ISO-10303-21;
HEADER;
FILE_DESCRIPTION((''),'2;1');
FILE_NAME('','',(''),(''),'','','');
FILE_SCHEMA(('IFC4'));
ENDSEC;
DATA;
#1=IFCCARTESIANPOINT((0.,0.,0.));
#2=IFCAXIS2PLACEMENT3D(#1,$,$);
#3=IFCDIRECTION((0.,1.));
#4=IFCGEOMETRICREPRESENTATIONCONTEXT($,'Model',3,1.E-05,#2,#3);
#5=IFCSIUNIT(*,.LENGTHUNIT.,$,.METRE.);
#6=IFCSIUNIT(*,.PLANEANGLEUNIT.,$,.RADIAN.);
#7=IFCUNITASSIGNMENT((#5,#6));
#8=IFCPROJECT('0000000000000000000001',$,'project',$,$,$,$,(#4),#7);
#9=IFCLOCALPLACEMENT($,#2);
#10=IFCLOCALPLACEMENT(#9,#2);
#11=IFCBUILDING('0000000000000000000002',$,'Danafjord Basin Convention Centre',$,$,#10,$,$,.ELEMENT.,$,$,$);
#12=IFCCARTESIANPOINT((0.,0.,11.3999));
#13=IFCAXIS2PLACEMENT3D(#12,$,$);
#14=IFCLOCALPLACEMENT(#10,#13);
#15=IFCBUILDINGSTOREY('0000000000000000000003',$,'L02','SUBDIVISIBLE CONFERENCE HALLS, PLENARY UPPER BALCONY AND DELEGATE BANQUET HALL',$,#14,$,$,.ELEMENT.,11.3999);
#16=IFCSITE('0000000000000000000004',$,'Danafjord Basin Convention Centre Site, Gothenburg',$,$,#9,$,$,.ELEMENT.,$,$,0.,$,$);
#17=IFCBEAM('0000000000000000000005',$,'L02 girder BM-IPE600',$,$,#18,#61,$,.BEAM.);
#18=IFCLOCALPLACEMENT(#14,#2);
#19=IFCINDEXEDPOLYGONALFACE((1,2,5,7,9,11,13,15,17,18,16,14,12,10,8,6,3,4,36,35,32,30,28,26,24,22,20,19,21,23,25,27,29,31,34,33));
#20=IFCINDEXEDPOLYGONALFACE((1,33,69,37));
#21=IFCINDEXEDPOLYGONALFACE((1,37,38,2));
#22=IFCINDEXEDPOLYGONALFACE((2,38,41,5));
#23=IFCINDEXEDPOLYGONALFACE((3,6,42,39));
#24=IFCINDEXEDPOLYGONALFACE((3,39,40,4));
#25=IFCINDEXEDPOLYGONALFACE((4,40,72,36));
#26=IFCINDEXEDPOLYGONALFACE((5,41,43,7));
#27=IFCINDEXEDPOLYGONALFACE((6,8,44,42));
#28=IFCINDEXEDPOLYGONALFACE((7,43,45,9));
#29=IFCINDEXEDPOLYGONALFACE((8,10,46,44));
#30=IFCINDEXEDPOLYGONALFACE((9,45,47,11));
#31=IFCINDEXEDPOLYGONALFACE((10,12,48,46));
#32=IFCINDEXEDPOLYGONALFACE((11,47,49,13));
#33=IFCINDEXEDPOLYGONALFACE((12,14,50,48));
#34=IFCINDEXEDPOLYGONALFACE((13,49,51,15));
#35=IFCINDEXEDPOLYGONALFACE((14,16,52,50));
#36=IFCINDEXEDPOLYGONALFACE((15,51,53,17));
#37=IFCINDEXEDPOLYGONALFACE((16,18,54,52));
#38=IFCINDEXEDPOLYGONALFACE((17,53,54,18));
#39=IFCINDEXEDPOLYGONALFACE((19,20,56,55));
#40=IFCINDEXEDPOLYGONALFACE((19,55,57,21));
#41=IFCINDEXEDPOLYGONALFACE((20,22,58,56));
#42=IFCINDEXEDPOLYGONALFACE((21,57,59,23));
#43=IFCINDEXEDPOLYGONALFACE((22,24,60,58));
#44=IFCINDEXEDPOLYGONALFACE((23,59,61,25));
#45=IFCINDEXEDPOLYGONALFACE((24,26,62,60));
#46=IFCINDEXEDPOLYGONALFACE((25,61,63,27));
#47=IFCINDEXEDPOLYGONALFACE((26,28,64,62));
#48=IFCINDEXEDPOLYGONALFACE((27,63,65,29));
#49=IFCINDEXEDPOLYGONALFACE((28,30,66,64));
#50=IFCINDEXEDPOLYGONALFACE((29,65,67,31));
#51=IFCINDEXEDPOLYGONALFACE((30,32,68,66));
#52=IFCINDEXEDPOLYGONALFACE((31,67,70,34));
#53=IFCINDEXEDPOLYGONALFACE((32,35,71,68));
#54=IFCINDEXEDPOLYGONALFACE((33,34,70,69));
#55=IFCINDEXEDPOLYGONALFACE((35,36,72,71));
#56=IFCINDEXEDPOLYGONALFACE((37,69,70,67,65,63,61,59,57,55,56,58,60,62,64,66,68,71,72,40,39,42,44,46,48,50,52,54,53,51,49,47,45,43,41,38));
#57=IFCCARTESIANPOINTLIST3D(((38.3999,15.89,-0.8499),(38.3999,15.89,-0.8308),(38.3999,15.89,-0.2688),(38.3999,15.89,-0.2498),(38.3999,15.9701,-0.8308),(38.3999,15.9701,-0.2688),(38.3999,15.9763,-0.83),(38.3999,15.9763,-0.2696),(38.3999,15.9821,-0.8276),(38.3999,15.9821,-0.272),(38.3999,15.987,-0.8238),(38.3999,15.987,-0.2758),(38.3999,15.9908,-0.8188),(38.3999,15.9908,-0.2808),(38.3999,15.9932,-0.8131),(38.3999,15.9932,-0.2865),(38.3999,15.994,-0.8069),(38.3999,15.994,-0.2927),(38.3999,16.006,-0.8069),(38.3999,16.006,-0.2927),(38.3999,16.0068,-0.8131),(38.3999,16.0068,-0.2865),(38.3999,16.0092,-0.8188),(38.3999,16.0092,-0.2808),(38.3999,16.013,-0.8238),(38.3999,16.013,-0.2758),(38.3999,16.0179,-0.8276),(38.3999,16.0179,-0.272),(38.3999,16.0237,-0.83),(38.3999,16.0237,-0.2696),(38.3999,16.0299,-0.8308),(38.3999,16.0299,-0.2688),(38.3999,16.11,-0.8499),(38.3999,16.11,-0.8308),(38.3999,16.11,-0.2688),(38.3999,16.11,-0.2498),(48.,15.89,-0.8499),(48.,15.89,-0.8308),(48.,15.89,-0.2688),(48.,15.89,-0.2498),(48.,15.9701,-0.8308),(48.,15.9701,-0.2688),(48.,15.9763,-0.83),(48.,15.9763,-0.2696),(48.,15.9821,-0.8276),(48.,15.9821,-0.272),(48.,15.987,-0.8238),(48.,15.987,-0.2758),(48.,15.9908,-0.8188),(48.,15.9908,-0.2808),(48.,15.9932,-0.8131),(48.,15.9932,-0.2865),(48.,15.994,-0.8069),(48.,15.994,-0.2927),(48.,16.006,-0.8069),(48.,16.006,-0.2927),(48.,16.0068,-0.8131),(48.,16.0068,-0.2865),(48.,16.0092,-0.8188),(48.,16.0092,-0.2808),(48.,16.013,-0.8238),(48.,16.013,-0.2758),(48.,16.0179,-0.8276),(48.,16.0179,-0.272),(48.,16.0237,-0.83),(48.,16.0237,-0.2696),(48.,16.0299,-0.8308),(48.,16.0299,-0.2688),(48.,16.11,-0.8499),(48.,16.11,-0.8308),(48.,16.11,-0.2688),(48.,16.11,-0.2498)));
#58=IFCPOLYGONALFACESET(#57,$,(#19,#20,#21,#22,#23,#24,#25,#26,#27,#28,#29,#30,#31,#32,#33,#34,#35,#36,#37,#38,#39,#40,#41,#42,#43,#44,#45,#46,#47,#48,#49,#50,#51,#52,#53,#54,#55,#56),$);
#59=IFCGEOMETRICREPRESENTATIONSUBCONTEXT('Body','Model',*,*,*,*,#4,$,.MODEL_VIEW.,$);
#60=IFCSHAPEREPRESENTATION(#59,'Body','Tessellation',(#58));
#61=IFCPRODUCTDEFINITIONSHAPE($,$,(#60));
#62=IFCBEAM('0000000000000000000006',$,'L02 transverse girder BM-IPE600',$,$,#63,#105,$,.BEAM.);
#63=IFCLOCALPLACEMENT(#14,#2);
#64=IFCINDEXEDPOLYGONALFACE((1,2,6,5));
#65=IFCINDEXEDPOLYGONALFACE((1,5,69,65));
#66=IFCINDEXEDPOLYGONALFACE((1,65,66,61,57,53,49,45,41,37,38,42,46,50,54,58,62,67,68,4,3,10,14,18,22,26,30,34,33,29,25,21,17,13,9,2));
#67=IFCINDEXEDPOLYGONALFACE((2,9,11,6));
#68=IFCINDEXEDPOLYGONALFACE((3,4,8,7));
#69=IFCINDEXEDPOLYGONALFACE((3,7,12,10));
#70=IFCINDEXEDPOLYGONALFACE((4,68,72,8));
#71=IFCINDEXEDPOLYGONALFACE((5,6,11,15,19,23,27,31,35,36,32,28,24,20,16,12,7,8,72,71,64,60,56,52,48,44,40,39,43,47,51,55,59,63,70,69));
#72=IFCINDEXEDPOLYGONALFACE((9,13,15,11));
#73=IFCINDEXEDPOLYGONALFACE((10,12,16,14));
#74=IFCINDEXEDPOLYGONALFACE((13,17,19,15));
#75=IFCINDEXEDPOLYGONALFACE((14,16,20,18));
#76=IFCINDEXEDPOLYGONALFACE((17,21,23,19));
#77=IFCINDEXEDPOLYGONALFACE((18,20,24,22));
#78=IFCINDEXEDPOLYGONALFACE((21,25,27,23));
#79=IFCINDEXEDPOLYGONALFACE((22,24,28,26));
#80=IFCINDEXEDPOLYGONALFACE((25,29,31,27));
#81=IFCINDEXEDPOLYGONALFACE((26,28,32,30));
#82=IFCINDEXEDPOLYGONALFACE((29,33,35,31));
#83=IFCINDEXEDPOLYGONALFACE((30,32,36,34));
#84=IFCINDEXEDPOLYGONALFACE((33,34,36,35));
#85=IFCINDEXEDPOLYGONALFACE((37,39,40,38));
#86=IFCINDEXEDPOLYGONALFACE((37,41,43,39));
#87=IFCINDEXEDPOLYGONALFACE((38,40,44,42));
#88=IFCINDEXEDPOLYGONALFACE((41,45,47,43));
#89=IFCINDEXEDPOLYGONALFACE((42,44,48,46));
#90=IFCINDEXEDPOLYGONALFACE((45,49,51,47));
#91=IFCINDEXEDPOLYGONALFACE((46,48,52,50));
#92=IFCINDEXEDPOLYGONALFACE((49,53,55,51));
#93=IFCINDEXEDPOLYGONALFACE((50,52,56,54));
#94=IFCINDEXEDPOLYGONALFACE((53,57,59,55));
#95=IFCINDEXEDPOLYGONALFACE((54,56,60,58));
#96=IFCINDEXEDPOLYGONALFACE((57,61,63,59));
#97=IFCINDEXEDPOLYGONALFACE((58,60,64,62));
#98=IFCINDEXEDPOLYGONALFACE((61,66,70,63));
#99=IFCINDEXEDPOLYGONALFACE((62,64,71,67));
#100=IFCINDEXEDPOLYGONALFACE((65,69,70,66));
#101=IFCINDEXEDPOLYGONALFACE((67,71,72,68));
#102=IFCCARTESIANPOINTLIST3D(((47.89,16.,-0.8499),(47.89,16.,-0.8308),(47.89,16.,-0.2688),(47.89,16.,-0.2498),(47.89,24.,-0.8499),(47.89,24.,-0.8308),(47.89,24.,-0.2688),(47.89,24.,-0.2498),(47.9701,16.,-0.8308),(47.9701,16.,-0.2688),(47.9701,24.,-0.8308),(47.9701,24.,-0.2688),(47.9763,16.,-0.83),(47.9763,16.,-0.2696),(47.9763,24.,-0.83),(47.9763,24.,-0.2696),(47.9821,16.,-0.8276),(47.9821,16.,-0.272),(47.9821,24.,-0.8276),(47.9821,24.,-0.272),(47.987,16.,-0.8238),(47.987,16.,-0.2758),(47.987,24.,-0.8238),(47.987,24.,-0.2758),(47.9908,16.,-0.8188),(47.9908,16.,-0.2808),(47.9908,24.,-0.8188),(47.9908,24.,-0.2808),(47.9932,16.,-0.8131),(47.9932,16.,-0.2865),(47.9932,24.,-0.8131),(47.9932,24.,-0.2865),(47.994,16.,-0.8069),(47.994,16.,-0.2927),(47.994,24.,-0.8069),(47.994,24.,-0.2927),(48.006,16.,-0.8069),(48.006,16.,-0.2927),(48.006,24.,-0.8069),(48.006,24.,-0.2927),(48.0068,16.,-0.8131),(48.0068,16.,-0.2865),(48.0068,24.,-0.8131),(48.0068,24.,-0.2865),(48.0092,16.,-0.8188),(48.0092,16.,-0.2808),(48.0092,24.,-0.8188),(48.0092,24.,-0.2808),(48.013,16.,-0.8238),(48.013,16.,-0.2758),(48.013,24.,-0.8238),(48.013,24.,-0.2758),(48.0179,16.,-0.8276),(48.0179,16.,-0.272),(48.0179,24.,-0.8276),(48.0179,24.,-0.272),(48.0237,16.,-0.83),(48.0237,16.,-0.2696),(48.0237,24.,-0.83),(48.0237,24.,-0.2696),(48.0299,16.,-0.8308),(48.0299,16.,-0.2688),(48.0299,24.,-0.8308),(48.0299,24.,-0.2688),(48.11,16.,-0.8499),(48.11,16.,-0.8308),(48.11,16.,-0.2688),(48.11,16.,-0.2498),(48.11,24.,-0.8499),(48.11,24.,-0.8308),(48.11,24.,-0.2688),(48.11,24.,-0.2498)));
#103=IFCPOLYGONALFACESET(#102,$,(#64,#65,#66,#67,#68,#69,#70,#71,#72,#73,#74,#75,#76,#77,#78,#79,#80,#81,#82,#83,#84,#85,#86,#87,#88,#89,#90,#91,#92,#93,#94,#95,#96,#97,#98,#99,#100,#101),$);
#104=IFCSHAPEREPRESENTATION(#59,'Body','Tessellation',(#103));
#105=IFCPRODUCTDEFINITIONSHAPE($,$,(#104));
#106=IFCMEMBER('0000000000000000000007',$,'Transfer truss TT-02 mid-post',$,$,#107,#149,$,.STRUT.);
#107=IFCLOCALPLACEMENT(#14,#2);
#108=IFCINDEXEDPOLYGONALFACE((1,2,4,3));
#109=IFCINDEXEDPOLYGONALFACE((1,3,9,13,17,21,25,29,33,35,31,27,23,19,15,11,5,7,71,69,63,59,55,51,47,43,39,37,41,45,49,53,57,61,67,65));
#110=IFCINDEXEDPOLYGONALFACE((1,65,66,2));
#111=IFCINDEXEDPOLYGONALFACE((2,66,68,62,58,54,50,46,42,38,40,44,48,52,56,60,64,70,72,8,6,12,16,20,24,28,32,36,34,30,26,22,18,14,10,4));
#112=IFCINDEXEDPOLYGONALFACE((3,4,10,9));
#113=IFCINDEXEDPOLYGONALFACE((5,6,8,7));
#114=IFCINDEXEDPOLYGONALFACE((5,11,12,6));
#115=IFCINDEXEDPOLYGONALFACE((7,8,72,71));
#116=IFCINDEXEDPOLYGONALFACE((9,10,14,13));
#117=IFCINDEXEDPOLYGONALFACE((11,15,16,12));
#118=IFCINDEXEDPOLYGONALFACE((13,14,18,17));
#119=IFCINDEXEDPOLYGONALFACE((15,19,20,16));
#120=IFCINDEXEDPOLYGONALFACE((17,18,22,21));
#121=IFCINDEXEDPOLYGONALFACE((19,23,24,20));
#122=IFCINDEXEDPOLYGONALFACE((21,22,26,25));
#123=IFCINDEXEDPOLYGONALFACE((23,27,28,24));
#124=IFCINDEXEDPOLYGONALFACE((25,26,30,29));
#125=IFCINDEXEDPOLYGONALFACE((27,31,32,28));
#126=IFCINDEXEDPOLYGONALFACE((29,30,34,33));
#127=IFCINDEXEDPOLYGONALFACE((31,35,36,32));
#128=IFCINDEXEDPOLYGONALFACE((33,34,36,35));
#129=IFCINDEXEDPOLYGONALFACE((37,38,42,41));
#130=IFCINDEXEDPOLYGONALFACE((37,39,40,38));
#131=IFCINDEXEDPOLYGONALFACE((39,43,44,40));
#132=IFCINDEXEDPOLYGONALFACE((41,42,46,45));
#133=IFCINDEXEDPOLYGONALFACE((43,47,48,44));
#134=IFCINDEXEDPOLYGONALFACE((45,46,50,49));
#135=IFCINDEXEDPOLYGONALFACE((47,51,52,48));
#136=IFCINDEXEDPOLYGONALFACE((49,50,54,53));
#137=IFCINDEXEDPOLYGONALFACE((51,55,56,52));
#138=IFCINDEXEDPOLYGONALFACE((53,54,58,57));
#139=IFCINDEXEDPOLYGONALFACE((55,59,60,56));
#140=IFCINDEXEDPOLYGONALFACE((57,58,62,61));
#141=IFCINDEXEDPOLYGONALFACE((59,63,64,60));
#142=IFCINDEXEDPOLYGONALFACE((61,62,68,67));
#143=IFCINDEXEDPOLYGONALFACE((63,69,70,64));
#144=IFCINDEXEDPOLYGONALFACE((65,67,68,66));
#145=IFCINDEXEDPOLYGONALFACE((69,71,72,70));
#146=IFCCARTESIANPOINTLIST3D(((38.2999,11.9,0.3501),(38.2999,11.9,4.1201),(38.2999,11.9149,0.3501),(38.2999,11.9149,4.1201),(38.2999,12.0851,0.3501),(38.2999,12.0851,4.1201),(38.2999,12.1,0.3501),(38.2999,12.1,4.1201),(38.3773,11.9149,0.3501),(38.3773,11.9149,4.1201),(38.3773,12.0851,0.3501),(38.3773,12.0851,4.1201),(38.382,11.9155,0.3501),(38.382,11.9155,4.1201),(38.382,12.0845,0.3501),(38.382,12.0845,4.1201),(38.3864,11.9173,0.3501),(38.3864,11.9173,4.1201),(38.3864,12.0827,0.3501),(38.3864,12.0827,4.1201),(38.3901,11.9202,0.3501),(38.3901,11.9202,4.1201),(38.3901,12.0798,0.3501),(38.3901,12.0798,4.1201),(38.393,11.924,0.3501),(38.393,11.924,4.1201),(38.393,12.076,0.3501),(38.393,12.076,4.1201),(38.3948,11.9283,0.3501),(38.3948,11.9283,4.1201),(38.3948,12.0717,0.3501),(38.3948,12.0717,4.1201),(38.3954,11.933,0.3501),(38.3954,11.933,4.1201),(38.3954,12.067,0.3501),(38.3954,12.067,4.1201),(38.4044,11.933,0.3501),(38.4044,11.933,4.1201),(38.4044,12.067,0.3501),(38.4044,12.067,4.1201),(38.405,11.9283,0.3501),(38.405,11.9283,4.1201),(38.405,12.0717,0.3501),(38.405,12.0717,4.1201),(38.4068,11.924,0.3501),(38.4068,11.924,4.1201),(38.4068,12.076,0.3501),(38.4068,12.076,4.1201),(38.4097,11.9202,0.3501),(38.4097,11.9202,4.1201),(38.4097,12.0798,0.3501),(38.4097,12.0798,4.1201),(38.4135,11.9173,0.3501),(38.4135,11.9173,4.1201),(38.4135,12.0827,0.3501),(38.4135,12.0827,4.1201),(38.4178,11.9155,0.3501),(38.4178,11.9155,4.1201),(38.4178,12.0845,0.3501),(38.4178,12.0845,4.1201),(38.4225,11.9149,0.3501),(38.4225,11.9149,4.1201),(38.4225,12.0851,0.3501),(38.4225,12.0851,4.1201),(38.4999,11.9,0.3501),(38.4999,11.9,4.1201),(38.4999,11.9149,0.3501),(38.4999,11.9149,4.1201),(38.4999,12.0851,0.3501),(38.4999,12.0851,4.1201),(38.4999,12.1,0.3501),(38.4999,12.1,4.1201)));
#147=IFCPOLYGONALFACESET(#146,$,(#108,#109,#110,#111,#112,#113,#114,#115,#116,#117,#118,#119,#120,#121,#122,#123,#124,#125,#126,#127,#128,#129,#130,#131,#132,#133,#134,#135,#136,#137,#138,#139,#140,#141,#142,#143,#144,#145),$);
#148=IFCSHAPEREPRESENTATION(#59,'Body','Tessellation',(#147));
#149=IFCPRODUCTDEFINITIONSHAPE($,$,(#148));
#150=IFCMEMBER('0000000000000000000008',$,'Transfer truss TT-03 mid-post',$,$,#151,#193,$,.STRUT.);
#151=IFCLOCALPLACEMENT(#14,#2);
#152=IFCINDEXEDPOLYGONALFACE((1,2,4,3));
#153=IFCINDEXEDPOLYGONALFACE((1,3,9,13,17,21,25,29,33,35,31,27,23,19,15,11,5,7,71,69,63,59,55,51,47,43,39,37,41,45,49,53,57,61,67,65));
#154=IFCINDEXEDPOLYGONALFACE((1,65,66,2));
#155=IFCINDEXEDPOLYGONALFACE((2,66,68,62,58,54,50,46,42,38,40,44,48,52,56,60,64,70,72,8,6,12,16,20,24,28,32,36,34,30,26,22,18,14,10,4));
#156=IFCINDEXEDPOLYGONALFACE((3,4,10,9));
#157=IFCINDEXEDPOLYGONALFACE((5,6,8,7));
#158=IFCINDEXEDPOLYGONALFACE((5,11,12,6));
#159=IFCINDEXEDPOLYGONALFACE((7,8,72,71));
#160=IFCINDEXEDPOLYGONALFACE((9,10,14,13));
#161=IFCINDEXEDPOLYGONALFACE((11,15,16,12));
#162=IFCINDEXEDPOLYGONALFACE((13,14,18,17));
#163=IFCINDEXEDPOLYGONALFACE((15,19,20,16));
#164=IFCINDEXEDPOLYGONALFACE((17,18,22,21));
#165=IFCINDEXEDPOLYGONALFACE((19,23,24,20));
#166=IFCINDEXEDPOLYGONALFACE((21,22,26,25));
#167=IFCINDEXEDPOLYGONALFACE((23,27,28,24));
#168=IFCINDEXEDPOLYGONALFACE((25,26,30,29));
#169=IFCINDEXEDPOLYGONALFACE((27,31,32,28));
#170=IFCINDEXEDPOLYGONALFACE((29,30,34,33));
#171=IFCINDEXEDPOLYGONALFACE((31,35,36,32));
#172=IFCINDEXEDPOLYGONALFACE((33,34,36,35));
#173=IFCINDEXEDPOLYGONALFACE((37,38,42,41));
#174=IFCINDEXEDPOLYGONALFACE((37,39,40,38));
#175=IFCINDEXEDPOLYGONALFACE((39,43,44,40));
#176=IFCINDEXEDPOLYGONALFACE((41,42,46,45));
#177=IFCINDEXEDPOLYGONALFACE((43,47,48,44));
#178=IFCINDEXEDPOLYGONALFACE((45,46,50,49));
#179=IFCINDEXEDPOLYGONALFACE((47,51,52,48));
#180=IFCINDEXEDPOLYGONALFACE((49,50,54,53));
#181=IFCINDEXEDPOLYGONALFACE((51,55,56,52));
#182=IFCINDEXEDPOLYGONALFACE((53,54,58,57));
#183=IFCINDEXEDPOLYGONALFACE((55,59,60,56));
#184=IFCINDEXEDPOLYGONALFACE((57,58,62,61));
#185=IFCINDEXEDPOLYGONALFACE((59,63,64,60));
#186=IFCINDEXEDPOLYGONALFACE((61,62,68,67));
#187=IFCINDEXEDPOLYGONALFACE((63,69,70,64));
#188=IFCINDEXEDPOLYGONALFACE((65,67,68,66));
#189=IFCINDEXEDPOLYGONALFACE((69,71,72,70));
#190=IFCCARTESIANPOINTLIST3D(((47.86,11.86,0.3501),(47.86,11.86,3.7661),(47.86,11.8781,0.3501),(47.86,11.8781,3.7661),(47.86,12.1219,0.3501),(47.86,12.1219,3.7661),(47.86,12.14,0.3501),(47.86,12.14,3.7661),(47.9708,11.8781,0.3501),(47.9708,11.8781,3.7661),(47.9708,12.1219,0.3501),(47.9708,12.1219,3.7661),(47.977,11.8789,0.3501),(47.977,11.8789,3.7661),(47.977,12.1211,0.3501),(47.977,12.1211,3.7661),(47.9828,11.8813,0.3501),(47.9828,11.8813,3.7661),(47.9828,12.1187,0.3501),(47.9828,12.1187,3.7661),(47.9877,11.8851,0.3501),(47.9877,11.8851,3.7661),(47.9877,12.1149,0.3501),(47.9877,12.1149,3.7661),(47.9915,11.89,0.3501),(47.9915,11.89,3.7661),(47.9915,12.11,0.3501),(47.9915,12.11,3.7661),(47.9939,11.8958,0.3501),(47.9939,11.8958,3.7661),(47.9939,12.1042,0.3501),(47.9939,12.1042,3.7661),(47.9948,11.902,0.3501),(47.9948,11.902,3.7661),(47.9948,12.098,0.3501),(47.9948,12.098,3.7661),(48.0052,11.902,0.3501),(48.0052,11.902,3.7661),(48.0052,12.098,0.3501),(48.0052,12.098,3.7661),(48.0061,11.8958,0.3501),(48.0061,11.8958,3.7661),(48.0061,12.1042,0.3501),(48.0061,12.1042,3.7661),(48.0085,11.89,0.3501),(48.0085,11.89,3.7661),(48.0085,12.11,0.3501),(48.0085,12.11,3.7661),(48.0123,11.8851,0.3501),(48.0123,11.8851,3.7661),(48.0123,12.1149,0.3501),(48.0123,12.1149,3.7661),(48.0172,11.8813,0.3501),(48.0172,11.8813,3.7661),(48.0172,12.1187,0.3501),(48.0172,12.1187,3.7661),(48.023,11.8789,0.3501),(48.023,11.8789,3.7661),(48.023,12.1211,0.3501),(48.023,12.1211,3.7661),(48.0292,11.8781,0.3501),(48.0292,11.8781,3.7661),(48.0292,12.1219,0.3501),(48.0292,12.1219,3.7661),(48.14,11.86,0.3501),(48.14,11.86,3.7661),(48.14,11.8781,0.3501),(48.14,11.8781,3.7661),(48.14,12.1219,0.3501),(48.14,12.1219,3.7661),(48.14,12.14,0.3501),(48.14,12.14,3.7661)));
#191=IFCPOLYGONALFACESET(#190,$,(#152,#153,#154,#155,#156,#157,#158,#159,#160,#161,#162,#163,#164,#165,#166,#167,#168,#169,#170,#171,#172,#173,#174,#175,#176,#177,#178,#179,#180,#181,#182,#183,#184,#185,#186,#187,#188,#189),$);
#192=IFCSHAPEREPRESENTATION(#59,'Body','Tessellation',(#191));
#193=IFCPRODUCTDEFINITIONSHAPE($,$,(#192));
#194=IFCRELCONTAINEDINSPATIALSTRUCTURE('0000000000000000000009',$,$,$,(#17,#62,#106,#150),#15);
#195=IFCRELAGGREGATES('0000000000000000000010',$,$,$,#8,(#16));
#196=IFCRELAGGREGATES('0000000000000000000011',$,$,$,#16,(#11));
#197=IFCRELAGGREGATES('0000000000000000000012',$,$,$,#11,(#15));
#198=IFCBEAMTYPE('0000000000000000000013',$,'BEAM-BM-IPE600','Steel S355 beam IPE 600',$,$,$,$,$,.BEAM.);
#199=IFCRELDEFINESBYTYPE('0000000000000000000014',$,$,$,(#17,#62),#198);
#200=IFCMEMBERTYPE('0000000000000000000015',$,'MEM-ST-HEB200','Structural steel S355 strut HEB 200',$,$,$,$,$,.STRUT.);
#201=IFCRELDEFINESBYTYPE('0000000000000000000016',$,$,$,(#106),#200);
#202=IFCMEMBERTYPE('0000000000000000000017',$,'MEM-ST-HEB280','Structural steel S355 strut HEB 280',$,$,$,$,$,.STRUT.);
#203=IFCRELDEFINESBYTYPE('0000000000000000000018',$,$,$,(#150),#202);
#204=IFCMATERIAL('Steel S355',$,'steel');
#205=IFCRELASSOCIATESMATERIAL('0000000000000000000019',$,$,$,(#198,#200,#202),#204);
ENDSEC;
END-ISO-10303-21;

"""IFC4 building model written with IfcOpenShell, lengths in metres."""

from ifc_helpers import new_model, si_unit, direction, frame, origin, origin_2d, place, context, subcontext, project, spatial, i_section, extrude, material, material_profile, profile_set, type_object, element, save


model = new_model("IFC4")

# Units and contexts
model_context = context("Model", 3, precision=1e-05, world=origin(), true_north=direction((0.0, 1.0)))
body_context = subcontext(model_context, "Body", "Model", "MODEL_VIEW")
ifc_project = project(units=[si_unit("LENGTHUNIT", "METRE"), si_unit("PLANEANGLEUNIT", "RADIAN")], contexts=[model_context])

# Site, building, storey
site_placement = place(None, origin())
site = spatial("IfcSite", under=ifc_project, at=site_placement, Name="Danafjord Basin Convention Centre Site, Gothenburg", CompositionType="ELEMENT", RefElevation=0.0)
building_placement = place(site_placement, origin())
building = spatial("IfcBuilding", under=site, at=building_placement, Name="Danafjord Basin Convention Centre", CompositionType="ELEMENT")
storey_placement = place(building_placement, frame((0.0, 0.0, 11.3999)))
storey = spatial("IfcBuildingStorey", under=building, at=storey_placement, Name="L02", Description="SUBDIVISIBLE CONFERENCE HALLS, PLENARY UPPER BALCONY AND DELEGATE BANQUET HALL", CompositionType="ELEMENT", Elevation=11.3999)

# Shared definitions
ifc_material_1 = material(Name="Steel S355", Category="steel")

# Beams
ifc_material_profile_1 = material_profile(ifc_material_1, i_section(OverallWidth=0.22, OverallDepth=0.6001, WebThickness=0.012, FlangeThickness=0.019, FilletRadius=0.0239, at=origin_2d()), Name="IPE 600")
ifc_profile_set_1 = profile_set([ifc_material_profile_1], Name="Steel S355")
beam_type_1 = type_object("IfcBeamType", Name="BEAM-BM-IPE600", Description="Steel S355 beam IPE 600", PredefinedType="BEAM", material=ifc_profile_set_1)
beam_1_placement = place(storey_placement, frame((38.3999, 16.0, -0.5498), z_axis=(1.0, 0.0, 0.0), x_axis=(0.0, 1.0, 0.0)))
element("IfcBeam", 1, at=beam_1_placement, inside=storey, type_object=beam_type_1, Name="L02 girder BM-IPE600", PredefinedType="BEAM", context=body_context, shape_type="SweptSolid", body=[
    extrude(i_section(OverallWidth=0.22, OverallDepth=0.6001, WebThickness=0.012, FlangeThickness=0.019, FilletRadius=0.0239, at=origin_2d()), origin(), (0.0, 0.0, 1.0), 9.6001),
])
beam_2_placement = place(storey_placement, frame((48.0, 16.0, -0.5498), z_axis=(0.0, 1.0, 0.0), x_axis=(-1.0, 0.0, 0.0)))
element("IfcBeam", 2, at=beam_2_placement, inside=storey, type_object=beam_type_1, Name="L02 transverse girder BM-IPE600", PredefinedType="BEAM", context=body_context, shape_type="SweptSolid", body=[
    extrude(i_section(OverallWidth=0.22, OverallDepth=0.6001, WebThickness=0.012, FlangeThickness=0.019, FilletRadius=0.0239, at=origin_2d()), origin(), (0.0, 0.0, 1.0), 8.0),
])

# Members
ifc_material_profile_2 = material_profile(ifc_material_1, i_section(OverallWidth=0.2, OverallDepth=0.2, WebThickness=0.009, FlangeThickness=0.0149, FilletRadius=0.0181, at=origin_2d()), Name="HEB 200")
ifc_profile_set_2 = profile_set([ifc_material_profile_2], Name="Steel S355")
member_type_1 = type_object("IfcMemberType", Name="MEM-ST-HEB200", Description="Structural steel S355 strut HEB 200", PredefinedType="STRUT", material=ifc_profile_set_2)
member_1_placement = place(storey_placement, frame((38.3999, 12.0, 0.3501), z_axis=(0.0, 0.0, 1.0), x_axis=(1.0, 0.0, 0.0)))
element("IfcMember", 3, at=member_1_placement, inside=storey, type_object=member_type_1, Name="Transfer truss TT-02 mid-post", PredefinedType="STRUT", context=body_context, shape_type="SweptSolid", body=[
    extrude(i_section(OverallWidth=0.2, OverallDepth=0.2, WebThickness=0.009, FlangeThickness=0.0149, FilletRadius=0.0181, at=origin_2d()), origin(), (0.0, 0.0, 1.0), 3.77),
])
ifc_material_profile_3 = material_profile(ifc_material_1, i_section(OverallWidth=0.28, OverallDepth=0.28, WebThickness=0.0105, FlangeThickness=0.0181, FilletRadius=0.0239, at=origin_2d()), Name="HEB 280")
ifc_profile_set_3 = profile_set([ifc_material_profile_3], Name="Steel S355")
member_type_2 = type_object("IfcMemberType", Name="MEM-ST-HEB280", Description="Structural steel S355 strut HEB 280", PredefinedType="STRUT", material=ifc_profile_set_3)
member_2_placement = place(storey_placement, frame((48.0, 12.0, 0.3501), z_axis=(0.0, 0.0, 1.0), x_axis=(1.0, 0.0, 0.0)))
element("IfcMember", 4, at=member_2_placement, inside=storey, type_object=member_type_2, Name="Transfer truss TT-03 mid-post", PredefinedType="STRUT", context=body_context, shape_type="SweptSolid", body=[
    extrude(i_section(OverallWidth=0.28, OverallDepth=0.28, WebThickness=0.0105, FlangeThickness=0.0181, FilletRadius=0.0239, at=origin_2d()), origin(), (0.0, 0.0, 1.0), 3.416),
])

save(model, "model.ifc")
